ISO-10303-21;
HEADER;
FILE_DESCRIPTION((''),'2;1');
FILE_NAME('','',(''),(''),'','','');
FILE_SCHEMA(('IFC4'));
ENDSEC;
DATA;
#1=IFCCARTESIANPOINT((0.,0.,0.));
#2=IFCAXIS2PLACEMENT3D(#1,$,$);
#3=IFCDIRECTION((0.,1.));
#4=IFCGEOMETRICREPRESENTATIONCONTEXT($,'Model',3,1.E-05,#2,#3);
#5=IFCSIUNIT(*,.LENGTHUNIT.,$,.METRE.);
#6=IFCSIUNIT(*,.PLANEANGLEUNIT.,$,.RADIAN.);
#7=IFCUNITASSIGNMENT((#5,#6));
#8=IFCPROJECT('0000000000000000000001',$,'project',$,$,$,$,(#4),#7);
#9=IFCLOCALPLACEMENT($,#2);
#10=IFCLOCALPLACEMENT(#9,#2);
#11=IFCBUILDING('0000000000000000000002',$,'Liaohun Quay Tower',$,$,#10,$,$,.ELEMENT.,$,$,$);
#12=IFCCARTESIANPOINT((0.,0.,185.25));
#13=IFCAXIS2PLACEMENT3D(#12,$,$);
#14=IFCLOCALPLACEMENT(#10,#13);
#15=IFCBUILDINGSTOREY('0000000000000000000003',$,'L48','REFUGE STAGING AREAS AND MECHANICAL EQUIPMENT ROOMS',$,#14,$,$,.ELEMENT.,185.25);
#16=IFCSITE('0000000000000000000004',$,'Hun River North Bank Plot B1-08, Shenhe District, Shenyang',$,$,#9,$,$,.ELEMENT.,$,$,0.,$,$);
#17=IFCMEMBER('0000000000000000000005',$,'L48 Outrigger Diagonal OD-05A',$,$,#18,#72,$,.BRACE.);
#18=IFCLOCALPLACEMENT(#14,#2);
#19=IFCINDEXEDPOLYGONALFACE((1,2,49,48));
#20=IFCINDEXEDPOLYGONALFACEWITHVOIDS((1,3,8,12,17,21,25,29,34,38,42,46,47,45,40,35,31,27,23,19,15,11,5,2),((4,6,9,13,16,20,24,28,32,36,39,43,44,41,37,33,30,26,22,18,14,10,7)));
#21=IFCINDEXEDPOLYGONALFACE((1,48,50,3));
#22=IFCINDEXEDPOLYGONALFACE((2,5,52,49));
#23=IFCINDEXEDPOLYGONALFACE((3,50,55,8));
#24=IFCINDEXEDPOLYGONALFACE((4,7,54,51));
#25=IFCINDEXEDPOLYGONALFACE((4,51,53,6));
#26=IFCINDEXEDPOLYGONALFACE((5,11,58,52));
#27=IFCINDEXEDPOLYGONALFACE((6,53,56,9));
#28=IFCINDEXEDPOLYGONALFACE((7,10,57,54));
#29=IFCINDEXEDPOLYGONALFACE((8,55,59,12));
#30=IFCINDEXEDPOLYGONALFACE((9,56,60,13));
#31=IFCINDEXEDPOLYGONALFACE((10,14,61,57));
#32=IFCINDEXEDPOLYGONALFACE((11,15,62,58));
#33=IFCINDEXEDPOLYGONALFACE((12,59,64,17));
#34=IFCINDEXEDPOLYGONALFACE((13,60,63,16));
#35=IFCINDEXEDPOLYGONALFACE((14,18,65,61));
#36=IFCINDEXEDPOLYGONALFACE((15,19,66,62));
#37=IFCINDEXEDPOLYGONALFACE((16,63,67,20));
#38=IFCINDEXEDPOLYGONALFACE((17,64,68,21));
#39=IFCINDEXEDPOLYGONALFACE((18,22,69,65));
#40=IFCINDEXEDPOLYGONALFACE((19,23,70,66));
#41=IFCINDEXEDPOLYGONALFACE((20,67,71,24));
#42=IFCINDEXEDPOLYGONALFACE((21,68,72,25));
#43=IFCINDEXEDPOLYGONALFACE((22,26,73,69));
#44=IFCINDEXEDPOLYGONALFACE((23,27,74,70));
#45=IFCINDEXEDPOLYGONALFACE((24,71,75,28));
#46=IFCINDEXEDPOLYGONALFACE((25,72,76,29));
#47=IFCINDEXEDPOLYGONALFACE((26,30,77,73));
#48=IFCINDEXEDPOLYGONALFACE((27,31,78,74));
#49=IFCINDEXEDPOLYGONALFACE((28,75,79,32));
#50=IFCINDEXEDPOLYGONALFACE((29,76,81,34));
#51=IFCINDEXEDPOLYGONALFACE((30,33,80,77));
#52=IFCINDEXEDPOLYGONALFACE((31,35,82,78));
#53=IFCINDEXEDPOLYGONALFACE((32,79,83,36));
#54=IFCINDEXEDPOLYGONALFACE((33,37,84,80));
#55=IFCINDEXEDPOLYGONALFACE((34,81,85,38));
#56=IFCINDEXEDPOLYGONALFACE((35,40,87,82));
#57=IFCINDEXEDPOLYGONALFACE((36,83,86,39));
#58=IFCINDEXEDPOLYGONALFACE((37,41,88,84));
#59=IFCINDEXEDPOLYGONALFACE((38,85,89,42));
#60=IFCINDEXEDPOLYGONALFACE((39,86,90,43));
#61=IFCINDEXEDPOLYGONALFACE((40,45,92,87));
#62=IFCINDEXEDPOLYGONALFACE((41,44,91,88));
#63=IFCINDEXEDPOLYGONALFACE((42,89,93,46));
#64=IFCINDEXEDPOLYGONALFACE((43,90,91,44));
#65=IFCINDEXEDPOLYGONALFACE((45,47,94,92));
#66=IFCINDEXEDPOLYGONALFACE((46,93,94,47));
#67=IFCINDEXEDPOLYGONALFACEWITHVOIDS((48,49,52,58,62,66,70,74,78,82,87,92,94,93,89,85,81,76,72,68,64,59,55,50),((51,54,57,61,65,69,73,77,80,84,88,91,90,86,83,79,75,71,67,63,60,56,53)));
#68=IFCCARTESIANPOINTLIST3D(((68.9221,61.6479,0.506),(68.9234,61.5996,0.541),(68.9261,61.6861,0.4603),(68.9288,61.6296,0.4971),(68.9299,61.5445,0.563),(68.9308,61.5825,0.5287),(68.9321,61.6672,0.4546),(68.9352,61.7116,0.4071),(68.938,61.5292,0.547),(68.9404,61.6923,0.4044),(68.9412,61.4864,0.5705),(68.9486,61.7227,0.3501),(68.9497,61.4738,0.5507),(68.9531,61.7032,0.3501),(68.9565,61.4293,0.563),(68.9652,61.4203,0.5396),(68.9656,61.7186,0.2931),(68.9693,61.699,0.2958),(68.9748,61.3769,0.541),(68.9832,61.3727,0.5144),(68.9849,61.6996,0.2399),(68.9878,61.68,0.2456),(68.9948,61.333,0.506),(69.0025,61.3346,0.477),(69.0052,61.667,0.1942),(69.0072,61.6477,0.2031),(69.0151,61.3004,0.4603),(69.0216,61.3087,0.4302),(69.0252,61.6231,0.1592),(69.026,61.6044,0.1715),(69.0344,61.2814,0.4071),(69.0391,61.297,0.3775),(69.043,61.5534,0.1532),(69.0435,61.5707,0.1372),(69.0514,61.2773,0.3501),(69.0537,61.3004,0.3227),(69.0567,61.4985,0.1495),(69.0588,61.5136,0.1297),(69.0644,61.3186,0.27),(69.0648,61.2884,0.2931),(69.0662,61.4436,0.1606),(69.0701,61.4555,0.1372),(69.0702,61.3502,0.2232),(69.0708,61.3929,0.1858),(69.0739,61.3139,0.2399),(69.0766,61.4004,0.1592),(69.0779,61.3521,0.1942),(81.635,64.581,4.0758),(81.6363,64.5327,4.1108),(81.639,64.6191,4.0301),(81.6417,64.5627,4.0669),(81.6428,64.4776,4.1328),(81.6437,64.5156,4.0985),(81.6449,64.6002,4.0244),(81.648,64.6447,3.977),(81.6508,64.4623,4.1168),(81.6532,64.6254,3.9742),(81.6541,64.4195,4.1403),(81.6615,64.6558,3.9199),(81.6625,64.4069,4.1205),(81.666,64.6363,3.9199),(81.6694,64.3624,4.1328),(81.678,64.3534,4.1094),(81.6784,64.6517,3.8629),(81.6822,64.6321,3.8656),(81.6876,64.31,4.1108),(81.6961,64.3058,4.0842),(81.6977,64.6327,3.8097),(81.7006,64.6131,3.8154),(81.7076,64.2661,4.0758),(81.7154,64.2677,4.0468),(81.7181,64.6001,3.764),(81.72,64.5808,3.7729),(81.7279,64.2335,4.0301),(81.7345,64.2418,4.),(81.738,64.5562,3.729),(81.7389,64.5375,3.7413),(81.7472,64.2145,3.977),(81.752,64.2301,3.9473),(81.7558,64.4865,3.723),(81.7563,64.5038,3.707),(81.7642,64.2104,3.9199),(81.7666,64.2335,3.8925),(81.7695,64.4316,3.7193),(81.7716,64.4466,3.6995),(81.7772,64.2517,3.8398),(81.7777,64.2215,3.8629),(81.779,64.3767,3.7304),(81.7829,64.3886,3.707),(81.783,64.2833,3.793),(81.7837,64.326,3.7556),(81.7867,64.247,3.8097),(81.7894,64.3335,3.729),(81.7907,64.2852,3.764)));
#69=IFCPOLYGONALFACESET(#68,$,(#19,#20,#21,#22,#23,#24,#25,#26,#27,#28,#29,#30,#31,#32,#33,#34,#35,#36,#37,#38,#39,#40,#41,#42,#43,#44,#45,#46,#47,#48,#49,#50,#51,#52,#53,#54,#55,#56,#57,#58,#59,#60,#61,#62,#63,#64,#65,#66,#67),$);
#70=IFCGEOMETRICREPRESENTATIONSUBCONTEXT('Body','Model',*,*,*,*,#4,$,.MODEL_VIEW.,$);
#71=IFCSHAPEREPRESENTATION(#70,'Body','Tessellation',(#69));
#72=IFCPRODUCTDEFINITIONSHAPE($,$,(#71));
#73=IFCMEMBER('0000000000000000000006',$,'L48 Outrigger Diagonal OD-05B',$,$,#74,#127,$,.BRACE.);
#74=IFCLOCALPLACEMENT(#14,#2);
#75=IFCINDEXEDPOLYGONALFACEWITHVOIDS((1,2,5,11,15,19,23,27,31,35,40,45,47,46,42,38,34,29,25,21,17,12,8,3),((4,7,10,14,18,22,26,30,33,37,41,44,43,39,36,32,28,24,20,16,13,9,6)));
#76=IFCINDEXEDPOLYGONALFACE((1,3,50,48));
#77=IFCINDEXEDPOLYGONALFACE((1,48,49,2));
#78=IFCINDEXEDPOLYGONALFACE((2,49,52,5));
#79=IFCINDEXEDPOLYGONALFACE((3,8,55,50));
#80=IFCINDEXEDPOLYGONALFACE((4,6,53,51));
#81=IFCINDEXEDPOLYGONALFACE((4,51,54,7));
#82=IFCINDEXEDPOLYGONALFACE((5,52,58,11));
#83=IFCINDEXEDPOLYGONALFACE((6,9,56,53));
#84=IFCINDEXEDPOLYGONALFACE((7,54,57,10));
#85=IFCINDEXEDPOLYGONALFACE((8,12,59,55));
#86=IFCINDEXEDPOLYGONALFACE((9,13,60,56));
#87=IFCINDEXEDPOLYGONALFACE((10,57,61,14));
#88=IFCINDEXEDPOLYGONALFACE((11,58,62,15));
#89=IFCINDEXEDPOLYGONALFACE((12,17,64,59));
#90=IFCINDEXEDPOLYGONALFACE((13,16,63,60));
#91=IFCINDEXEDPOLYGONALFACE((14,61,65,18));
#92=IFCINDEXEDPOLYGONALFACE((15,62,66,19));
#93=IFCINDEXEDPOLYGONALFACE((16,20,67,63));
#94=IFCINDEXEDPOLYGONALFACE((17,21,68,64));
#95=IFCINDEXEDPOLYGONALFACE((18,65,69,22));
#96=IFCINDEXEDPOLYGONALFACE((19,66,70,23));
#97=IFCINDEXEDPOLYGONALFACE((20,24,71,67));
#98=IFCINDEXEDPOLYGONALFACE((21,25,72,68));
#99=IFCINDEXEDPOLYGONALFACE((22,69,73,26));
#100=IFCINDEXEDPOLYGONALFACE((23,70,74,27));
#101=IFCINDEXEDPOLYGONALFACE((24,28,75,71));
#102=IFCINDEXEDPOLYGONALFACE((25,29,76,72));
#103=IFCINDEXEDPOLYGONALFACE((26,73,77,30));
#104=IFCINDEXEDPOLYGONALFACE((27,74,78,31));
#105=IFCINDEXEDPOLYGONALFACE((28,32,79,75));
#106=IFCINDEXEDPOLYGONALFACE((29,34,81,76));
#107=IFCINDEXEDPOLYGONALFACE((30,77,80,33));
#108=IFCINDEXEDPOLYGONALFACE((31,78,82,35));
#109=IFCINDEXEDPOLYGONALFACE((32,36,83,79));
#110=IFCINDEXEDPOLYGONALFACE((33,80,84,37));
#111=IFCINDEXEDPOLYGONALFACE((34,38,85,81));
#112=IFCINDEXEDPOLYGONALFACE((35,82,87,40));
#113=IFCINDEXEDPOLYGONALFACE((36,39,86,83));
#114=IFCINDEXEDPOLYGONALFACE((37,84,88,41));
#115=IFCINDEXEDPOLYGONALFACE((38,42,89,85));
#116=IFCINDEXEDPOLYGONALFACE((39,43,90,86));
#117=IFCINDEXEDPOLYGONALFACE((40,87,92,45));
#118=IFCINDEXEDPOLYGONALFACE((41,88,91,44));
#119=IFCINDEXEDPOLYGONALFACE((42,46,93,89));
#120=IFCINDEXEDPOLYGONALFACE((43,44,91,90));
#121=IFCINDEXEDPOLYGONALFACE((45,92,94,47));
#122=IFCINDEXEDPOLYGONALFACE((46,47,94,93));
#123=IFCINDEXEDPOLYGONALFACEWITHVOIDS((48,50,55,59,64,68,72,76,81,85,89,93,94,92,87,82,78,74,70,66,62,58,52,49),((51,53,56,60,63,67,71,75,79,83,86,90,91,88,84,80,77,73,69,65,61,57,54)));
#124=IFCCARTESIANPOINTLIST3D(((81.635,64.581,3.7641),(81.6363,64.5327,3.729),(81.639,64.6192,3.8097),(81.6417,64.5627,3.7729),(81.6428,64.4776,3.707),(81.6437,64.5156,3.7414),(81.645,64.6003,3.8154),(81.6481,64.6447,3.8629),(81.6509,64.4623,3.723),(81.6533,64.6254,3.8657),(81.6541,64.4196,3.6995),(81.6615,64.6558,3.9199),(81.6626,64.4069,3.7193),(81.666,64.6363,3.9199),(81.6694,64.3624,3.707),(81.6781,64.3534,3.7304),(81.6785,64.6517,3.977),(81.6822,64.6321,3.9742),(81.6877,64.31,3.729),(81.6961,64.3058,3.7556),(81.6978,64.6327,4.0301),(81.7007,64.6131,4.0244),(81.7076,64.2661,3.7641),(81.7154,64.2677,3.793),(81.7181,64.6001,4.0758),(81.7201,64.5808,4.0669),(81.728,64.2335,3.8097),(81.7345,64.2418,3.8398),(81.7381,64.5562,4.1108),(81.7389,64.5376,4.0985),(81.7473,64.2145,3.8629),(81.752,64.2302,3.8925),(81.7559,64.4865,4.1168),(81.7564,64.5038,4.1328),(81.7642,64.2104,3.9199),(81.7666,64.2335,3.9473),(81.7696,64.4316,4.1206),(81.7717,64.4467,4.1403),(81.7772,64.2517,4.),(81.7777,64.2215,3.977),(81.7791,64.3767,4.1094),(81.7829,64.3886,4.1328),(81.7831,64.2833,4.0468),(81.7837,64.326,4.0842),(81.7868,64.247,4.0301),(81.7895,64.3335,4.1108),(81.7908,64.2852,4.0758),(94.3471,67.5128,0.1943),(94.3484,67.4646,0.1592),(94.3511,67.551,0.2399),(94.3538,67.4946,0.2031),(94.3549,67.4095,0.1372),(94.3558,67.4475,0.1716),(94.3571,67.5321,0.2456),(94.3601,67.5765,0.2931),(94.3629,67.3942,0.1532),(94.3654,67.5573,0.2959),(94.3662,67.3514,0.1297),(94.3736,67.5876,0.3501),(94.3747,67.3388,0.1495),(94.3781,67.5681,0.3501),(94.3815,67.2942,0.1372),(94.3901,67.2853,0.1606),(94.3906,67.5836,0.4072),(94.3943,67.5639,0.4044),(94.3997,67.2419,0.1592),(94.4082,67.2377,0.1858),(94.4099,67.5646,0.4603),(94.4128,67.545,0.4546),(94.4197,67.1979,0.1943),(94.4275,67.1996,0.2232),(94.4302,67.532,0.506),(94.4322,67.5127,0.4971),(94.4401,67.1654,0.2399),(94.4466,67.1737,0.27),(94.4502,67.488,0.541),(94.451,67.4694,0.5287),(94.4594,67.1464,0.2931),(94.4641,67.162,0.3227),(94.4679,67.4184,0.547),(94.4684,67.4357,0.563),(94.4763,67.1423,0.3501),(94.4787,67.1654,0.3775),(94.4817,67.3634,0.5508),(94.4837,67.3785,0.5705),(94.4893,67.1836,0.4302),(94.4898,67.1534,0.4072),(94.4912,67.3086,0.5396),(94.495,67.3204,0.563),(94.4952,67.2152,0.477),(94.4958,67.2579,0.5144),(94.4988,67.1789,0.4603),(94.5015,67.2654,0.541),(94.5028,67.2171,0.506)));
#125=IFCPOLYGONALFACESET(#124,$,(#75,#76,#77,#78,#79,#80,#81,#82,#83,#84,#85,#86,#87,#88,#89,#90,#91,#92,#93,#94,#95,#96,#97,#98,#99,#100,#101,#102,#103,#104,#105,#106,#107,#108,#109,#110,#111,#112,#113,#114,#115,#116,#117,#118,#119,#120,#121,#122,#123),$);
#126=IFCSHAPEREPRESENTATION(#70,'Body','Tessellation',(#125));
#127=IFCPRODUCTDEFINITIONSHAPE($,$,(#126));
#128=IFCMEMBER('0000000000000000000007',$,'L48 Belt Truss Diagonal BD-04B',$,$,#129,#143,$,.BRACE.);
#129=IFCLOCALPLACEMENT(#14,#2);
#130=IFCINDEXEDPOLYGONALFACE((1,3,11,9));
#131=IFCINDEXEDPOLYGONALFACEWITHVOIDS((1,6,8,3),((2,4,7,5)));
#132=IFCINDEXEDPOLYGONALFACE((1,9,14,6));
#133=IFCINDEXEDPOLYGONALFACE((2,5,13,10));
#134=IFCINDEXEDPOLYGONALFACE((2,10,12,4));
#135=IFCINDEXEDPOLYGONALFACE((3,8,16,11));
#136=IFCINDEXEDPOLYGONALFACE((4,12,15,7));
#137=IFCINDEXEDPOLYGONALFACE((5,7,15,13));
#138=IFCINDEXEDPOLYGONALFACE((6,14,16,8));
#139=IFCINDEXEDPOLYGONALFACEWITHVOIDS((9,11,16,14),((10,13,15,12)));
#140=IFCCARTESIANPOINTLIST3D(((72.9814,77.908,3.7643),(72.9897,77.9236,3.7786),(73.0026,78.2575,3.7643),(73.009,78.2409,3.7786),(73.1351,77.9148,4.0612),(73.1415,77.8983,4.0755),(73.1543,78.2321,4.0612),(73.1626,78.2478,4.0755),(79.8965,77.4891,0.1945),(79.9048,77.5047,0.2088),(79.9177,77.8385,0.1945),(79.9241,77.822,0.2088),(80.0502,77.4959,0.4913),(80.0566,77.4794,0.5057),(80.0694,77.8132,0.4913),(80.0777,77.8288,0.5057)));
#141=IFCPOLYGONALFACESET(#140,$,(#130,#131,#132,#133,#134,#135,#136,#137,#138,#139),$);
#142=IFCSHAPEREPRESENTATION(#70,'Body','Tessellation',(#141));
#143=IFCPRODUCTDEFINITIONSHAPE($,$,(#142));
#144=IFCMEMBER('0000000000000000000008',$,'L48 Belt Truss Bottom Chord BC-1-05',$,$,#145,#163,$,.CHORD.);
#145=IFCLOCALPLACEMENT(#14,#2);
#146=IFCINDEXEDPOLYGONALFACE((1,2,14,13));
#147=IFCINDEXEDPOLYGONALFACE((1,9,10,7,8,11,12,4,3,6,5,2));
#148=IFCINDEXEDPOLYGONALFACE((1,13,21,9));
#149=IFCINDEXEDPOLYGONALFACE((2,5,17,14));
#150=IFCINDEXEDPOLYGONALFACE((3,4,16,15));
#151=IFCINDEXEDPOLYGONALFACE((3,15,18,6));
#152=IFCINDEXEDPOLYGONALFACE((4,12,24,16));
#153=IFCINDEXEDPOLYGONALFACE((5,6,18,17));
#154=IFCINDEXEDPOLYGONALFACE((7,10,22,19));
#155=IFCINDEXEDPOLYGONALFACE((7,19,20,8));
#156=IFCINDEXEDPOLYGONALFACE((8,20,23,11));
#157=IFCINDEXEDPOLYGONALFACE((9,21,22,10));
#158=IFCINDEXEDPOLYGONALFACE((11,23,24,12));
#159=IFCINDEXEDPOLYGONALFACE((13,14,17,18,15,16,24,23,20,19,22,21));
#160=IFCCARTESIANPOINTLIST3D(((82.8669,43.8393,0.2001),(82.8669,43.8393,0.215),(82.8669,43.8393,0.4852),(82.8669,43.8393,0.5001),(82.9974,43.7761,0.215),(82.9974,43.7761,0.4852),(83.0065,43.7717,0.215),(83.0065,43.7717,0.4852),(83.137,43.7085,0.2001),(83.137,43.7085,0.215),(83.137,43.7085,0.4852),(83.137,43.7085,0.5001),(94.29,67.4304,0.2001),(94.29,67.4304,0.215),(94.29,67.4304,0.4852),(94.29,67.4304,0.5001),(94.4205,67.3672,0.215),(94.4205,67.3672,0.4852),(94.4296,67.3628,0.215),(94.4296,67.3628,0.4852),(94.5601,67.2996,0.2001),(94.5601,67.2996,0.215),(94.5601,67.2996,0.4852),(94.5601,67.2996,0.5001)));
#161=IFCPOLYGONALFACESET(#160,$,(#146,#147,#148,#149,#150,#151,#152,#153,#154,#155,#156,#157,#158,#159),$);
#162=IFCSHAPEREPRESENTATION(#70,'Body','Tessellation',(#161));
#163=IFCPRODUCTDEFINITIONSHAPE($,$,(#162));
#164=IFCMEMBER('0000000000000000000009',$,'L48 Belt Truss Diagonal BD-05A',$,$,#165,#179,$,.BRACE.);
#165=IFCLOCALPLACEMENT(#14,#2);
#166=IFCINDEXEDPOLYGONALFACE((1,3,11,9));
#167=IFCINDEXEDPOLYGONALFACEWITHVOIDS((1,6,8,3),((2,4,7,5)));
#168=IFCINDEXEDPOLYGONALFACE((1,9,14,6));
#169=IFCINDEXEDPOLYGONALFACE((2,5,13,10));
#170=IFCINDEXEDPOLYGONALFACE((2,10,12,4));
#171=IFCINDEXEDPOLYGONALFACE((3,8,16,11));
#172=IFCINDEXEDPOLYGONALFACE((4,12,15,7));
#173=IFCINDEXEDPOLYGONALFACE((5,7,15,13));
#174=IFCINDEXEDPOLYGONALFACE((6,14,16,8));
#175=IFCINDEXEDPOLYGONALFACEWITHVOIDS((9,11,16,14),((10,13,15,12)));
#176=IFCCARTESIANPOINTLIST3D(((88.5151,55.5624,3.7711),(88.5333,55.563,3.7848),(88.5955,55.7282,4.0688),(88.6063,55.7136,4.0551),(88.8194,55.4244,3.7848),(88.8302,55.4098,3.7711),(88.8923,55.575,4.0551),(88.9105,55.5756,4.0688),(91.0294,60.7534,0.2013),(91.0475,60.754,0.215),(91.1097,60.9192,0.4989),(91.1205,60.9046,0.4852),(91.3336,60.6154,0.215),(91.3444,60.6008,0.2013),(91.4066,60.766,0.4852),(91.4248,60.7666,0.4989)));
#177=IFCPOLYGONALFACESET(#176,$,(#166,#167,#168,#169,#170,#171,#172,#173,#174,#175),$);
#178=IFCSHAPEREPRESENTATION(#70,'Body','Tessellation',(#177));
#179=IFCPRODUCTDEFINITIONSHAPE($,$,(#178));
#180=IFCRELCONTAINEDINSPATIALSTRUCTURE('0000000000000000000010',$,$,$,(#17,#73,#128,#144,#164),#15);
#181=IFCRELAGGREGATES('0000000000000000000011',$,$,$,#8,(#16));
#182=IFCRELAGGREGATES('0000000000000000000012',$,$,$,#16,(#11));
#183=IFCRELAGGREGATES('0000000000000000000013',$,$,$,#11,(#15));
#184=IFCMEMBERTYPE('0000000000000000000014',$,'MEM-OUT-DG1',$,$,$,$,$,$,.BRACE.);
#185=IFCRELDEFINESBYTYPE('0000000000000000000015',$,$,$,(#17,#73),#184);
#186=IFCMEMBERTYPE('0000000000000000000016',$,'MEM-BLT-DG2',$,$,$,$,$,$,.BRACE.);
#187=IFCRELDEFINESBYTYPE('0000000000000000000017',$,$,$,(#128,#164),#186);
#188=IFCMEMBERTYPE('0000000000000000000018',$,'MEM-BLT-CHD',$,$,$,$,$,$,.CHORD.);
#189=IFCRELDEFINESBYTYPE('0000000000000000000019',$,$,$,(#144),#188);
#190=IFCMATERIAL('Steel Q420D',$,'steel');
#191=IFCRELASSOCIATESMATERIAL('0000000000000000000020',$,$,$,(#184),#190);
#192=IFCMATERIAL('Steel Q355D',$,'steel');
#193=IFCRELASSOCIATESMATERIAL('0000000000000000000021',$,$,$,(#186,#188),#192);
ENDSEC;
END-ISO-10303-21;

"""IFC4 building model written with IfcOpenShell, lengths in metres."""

from ifc_helpers import new_model, si_unit, direction, frame, origin, origin_2d, place, context, subcontext, project, spatial, hollow_rectangle, hollow_circle, i_section, extrude, source, transform, mapped, material, material_profile, profile_set, type_object, element, save


model = new_model("IFC4")

# Units and contexts
model_context = context("Model", 3, precision=1e-05, world=origin(), true_north=direction((0.0, 1.0)))
body_context = subcontext(model_context, "Body", "Model", "MODEL_VIEW")
ifc_project = project(units=[si_unit("LENGTHUNIT", "METRE"), si_unit("PLANEANGLEUNIT", "RADIAN")], contexts=[model_context])

# Site, building, storey
site_placement = place(None, origin())
site = spatial("IfcSite", under=ifc_project, at=site_placement, Name="Hun River North Bank Plot B1-08, Shenhe District, Shenyang", CompositionType="ELEMENT", RefElevation=0.0)
building_placement = place(site_placement, origin())
building = spatial("IfcBuilding", under=site, at=building_placement, Name="Liaohun Quay Tower", CompositionType="ELEMENT")
storey_placement = place(building_placement, frame((0.0, 0.0, 185.25)))
storey = spatial("IfcBuildingStorey", under=building, at=storey_placement, Name="L48", Description="REFUGE STAGING AREAS AND MECHANICAL EQUIPMENT ROOMS", CompositionType="ELEMENT", Elevation=185.25)

# Shared definitions
ifc_material_1 = material(Name="Steel Q355D", Category="steel")

# Members
ifc_material_2 = material(Name="Steel Q420D", Category="steel")
ifc_material_profile_1 = material_profile(ifc_material_2, hollow_circle(Radius=0.2285, WallThickness=0.02, at=origin_2d()), Name="CHS457x20")
ifc_profile_set_1 = profile_set([ifc_material_profile_1], Name="Steel Q420D")
member_type_1 = type_object("IfcMemberType", Name="MEM-OUT-DG1", PredefinedType="BRACE", material=ifc_profile_set_1)
shared_shape_1 = source(origin(), body_context, "Body", "SweptSolid", [
    extrude(hollow_circle(Radius=0.2285, WallThickness=0.02, at=origin_2d()), origin(), (0.0, 0.0, 1.0), 13.5264),
])
member_1_placement = place(storey_placement, frame((69.0, 61.5, 0.3501), z_axis=(0.939855, 0.216843, 0.263915), x_axis=(-0.224813, 0.974402, 0.0)))
element("IfcMember", 1, at=member_1_placement, inside=storey, type_object=member_type_1, Name="L48 Outrigger Diagonal OD-05A", PredefinedType="BRACE", context=body_context, shape_type="MappedRepresentation", body=[
    mapped(shared_shape_1, transform((0.0, 0.0, 0.0), x_axis=(1.0, 0.0, 0.0), y_axis=(0.0, 1.0, 0.0), z_axis=(0.0, 0.0, 1.0), scale=1.0)),
])
shared_shape_2 = source(origin(), body_context, "Body", "SweptSolid", [
    extrude(hollow_circle(Radius=0.2285, WallThickness=0.02, at=origin_2d()), origin(), (0.0, 0.0, 1.0), 13.5254),
])
member_2_placement = place(storey_placement, frame((81.7129, 64.4331, 3.9199), z_axis=(0.939868, 0.216768, -0.263933), x_axis=(-0.224736, 0.97442, 0.0)))
element("IfcMember", 2, at=member_2_placement, inside=storey, type_object=member_type_1, Name="L48 Outrigger Diagonal OD-05B", PredefinedType="BRACE", context=body_context, shape_type="MappedRepresentation", body=[
    mapped(shared_shape_2, transform((0.0, 0.0, 0.0), x_axis=(1.0, 0.0, 0.0), y_axis=(0.0, 1.0, 0.0), z_axis=(0.0, 0.0, 1.0), scale=1.0)),
])
ifc_material_profile_2 = material_profile(ifc_material_1, hollow_rectangle(XDim=0.3501, YDim=0.3501, WallThickness=0.0161, at=origin_2d()), Name="SHS350x350x16")
ifc_profile_set_2 = profile_set([ifc_material_profile_2], Name="Steel Q355D")
member_type_2 = type_object("IfcMemberType", Name="MEM-BLT-DG2", PredefinedType="BRACE", material=ifc_profile_set_2)
shared_shape_3 = source(origin(), body_context, "Body", "SweptSolid", [
    extrude(hollow_rectangle(XDim=0.3501, YDim=0.3501, WallThickness=0.0161, at=origin_2d()), origin(), (0.0, 0.0, 1.0), 7.7935),
])
member_3_placement = place(storey_placement, frame((73.072, 78.0779, 3.9199), z_axis=(0.887295, -0.053756, -0.458058), x_axis=(0.060474, 0.99817, 0.0)))
element("IfcMember", 3, at=member_3_placement, inside=storey, type_object=member_type_2, Name="L48 Belt Truss Diagonal BD-04B", PredefinedType="BRACE", context=body_context, shape_type="MappedRepresentation", body=[
    mapped(shared_shape_3, transform((0.0, 0.0, 0.0), x_axis=(1.0, 0.0, 0.0), y_axis=(0.0, 1.0, 0.0), z_axis=(0.0, 0.0, 1.0), scale=1.0)),
])
ifc_material_profile_3 = material_profile(ifc_material_1, i_section(OverallWidth=0.3, OverallDepth=0.3, WebThickness=0.01, FlangeThickness=0.0149, at=origin_2d()), Name="HW300x300x10x15")
ifc_profile_set_3 = profile_set([ifc_material_profile_3], Name="Steel Q355D")
member_type_3 = type_object("IfcMemberType", Name="MEM-BLT-CHD", PredefinedType="CHORD", material=ifc_profile_set_3)
shared_shape_4 = source(origin(), body_context, "Body", "SweptSolid", [
    extrude(i_section(OverallWidth=0.3, OverallDepth=0.3, WebThickness=0.01, FlangeThickness=0.0149, at=origin_2d()), origin(), (0.0, 0.0, 1.0), 26.2112),
])
member_4_placement = place(storey_placement, frame((94.425, 67.365, 0.3501), z_axis=(-0.43581, -0.900039, 0.0), x_axis=(0.900039, -0.43581, 0.0)))
element("IfcMember", 4, at=member_4_placement, inside=storey, type_object=member_type_3, Name="L48 Belt Truss Bottom Chord BC-1-05", PredefinedType="CHORD", context=body_context, shape_type="MappedRepresentation", body=[
    mapped(shared_shape_4, transform((0.0, 0.0, 0.0), x_axis=(1.0, 0.0, 0.0), y_axis=(0.0, 1.0, 0.0), z_axis=(0.0, 0.0, 1.0), scale=1.0)),
])
shared_shape_5 = source(origin(), body_context, "Body", "SweptSolid", [
    extrude(hollow_rectangle(XDim=0.3501, YDim=0.3501, WallThickness=0.0161, at=origin_2d()), origin(), (0.0, 0.0, 1.0), 6.7832),
])
member_5_placement = place(storey_placement, frame((91.2271, 60.76, 0.3501), z_axis=(-0.370651, -0.765274, 0.526283), x_axis=(0.899994, -0.435902, 0.0)))
element("IfcMember", 5, at=member_5_placement, inside=storey, type_object=member_type_2, Name="L48 Belt Truss Diagonal BD-05A", PredefinedType="BRACE", context=body_context, shape_type="MappedRepresentation", body=[
    mapped(shared_shape_5, transform((0.0, 0.0, 0.0), x_axis=(1.0, 0.0, 0.0), y_axis=(0.0, 1.0, 0.0), z_axis=(0.0, 0.0, 1.0), scale=1.0)),
])

save(model, "model.ifc")
